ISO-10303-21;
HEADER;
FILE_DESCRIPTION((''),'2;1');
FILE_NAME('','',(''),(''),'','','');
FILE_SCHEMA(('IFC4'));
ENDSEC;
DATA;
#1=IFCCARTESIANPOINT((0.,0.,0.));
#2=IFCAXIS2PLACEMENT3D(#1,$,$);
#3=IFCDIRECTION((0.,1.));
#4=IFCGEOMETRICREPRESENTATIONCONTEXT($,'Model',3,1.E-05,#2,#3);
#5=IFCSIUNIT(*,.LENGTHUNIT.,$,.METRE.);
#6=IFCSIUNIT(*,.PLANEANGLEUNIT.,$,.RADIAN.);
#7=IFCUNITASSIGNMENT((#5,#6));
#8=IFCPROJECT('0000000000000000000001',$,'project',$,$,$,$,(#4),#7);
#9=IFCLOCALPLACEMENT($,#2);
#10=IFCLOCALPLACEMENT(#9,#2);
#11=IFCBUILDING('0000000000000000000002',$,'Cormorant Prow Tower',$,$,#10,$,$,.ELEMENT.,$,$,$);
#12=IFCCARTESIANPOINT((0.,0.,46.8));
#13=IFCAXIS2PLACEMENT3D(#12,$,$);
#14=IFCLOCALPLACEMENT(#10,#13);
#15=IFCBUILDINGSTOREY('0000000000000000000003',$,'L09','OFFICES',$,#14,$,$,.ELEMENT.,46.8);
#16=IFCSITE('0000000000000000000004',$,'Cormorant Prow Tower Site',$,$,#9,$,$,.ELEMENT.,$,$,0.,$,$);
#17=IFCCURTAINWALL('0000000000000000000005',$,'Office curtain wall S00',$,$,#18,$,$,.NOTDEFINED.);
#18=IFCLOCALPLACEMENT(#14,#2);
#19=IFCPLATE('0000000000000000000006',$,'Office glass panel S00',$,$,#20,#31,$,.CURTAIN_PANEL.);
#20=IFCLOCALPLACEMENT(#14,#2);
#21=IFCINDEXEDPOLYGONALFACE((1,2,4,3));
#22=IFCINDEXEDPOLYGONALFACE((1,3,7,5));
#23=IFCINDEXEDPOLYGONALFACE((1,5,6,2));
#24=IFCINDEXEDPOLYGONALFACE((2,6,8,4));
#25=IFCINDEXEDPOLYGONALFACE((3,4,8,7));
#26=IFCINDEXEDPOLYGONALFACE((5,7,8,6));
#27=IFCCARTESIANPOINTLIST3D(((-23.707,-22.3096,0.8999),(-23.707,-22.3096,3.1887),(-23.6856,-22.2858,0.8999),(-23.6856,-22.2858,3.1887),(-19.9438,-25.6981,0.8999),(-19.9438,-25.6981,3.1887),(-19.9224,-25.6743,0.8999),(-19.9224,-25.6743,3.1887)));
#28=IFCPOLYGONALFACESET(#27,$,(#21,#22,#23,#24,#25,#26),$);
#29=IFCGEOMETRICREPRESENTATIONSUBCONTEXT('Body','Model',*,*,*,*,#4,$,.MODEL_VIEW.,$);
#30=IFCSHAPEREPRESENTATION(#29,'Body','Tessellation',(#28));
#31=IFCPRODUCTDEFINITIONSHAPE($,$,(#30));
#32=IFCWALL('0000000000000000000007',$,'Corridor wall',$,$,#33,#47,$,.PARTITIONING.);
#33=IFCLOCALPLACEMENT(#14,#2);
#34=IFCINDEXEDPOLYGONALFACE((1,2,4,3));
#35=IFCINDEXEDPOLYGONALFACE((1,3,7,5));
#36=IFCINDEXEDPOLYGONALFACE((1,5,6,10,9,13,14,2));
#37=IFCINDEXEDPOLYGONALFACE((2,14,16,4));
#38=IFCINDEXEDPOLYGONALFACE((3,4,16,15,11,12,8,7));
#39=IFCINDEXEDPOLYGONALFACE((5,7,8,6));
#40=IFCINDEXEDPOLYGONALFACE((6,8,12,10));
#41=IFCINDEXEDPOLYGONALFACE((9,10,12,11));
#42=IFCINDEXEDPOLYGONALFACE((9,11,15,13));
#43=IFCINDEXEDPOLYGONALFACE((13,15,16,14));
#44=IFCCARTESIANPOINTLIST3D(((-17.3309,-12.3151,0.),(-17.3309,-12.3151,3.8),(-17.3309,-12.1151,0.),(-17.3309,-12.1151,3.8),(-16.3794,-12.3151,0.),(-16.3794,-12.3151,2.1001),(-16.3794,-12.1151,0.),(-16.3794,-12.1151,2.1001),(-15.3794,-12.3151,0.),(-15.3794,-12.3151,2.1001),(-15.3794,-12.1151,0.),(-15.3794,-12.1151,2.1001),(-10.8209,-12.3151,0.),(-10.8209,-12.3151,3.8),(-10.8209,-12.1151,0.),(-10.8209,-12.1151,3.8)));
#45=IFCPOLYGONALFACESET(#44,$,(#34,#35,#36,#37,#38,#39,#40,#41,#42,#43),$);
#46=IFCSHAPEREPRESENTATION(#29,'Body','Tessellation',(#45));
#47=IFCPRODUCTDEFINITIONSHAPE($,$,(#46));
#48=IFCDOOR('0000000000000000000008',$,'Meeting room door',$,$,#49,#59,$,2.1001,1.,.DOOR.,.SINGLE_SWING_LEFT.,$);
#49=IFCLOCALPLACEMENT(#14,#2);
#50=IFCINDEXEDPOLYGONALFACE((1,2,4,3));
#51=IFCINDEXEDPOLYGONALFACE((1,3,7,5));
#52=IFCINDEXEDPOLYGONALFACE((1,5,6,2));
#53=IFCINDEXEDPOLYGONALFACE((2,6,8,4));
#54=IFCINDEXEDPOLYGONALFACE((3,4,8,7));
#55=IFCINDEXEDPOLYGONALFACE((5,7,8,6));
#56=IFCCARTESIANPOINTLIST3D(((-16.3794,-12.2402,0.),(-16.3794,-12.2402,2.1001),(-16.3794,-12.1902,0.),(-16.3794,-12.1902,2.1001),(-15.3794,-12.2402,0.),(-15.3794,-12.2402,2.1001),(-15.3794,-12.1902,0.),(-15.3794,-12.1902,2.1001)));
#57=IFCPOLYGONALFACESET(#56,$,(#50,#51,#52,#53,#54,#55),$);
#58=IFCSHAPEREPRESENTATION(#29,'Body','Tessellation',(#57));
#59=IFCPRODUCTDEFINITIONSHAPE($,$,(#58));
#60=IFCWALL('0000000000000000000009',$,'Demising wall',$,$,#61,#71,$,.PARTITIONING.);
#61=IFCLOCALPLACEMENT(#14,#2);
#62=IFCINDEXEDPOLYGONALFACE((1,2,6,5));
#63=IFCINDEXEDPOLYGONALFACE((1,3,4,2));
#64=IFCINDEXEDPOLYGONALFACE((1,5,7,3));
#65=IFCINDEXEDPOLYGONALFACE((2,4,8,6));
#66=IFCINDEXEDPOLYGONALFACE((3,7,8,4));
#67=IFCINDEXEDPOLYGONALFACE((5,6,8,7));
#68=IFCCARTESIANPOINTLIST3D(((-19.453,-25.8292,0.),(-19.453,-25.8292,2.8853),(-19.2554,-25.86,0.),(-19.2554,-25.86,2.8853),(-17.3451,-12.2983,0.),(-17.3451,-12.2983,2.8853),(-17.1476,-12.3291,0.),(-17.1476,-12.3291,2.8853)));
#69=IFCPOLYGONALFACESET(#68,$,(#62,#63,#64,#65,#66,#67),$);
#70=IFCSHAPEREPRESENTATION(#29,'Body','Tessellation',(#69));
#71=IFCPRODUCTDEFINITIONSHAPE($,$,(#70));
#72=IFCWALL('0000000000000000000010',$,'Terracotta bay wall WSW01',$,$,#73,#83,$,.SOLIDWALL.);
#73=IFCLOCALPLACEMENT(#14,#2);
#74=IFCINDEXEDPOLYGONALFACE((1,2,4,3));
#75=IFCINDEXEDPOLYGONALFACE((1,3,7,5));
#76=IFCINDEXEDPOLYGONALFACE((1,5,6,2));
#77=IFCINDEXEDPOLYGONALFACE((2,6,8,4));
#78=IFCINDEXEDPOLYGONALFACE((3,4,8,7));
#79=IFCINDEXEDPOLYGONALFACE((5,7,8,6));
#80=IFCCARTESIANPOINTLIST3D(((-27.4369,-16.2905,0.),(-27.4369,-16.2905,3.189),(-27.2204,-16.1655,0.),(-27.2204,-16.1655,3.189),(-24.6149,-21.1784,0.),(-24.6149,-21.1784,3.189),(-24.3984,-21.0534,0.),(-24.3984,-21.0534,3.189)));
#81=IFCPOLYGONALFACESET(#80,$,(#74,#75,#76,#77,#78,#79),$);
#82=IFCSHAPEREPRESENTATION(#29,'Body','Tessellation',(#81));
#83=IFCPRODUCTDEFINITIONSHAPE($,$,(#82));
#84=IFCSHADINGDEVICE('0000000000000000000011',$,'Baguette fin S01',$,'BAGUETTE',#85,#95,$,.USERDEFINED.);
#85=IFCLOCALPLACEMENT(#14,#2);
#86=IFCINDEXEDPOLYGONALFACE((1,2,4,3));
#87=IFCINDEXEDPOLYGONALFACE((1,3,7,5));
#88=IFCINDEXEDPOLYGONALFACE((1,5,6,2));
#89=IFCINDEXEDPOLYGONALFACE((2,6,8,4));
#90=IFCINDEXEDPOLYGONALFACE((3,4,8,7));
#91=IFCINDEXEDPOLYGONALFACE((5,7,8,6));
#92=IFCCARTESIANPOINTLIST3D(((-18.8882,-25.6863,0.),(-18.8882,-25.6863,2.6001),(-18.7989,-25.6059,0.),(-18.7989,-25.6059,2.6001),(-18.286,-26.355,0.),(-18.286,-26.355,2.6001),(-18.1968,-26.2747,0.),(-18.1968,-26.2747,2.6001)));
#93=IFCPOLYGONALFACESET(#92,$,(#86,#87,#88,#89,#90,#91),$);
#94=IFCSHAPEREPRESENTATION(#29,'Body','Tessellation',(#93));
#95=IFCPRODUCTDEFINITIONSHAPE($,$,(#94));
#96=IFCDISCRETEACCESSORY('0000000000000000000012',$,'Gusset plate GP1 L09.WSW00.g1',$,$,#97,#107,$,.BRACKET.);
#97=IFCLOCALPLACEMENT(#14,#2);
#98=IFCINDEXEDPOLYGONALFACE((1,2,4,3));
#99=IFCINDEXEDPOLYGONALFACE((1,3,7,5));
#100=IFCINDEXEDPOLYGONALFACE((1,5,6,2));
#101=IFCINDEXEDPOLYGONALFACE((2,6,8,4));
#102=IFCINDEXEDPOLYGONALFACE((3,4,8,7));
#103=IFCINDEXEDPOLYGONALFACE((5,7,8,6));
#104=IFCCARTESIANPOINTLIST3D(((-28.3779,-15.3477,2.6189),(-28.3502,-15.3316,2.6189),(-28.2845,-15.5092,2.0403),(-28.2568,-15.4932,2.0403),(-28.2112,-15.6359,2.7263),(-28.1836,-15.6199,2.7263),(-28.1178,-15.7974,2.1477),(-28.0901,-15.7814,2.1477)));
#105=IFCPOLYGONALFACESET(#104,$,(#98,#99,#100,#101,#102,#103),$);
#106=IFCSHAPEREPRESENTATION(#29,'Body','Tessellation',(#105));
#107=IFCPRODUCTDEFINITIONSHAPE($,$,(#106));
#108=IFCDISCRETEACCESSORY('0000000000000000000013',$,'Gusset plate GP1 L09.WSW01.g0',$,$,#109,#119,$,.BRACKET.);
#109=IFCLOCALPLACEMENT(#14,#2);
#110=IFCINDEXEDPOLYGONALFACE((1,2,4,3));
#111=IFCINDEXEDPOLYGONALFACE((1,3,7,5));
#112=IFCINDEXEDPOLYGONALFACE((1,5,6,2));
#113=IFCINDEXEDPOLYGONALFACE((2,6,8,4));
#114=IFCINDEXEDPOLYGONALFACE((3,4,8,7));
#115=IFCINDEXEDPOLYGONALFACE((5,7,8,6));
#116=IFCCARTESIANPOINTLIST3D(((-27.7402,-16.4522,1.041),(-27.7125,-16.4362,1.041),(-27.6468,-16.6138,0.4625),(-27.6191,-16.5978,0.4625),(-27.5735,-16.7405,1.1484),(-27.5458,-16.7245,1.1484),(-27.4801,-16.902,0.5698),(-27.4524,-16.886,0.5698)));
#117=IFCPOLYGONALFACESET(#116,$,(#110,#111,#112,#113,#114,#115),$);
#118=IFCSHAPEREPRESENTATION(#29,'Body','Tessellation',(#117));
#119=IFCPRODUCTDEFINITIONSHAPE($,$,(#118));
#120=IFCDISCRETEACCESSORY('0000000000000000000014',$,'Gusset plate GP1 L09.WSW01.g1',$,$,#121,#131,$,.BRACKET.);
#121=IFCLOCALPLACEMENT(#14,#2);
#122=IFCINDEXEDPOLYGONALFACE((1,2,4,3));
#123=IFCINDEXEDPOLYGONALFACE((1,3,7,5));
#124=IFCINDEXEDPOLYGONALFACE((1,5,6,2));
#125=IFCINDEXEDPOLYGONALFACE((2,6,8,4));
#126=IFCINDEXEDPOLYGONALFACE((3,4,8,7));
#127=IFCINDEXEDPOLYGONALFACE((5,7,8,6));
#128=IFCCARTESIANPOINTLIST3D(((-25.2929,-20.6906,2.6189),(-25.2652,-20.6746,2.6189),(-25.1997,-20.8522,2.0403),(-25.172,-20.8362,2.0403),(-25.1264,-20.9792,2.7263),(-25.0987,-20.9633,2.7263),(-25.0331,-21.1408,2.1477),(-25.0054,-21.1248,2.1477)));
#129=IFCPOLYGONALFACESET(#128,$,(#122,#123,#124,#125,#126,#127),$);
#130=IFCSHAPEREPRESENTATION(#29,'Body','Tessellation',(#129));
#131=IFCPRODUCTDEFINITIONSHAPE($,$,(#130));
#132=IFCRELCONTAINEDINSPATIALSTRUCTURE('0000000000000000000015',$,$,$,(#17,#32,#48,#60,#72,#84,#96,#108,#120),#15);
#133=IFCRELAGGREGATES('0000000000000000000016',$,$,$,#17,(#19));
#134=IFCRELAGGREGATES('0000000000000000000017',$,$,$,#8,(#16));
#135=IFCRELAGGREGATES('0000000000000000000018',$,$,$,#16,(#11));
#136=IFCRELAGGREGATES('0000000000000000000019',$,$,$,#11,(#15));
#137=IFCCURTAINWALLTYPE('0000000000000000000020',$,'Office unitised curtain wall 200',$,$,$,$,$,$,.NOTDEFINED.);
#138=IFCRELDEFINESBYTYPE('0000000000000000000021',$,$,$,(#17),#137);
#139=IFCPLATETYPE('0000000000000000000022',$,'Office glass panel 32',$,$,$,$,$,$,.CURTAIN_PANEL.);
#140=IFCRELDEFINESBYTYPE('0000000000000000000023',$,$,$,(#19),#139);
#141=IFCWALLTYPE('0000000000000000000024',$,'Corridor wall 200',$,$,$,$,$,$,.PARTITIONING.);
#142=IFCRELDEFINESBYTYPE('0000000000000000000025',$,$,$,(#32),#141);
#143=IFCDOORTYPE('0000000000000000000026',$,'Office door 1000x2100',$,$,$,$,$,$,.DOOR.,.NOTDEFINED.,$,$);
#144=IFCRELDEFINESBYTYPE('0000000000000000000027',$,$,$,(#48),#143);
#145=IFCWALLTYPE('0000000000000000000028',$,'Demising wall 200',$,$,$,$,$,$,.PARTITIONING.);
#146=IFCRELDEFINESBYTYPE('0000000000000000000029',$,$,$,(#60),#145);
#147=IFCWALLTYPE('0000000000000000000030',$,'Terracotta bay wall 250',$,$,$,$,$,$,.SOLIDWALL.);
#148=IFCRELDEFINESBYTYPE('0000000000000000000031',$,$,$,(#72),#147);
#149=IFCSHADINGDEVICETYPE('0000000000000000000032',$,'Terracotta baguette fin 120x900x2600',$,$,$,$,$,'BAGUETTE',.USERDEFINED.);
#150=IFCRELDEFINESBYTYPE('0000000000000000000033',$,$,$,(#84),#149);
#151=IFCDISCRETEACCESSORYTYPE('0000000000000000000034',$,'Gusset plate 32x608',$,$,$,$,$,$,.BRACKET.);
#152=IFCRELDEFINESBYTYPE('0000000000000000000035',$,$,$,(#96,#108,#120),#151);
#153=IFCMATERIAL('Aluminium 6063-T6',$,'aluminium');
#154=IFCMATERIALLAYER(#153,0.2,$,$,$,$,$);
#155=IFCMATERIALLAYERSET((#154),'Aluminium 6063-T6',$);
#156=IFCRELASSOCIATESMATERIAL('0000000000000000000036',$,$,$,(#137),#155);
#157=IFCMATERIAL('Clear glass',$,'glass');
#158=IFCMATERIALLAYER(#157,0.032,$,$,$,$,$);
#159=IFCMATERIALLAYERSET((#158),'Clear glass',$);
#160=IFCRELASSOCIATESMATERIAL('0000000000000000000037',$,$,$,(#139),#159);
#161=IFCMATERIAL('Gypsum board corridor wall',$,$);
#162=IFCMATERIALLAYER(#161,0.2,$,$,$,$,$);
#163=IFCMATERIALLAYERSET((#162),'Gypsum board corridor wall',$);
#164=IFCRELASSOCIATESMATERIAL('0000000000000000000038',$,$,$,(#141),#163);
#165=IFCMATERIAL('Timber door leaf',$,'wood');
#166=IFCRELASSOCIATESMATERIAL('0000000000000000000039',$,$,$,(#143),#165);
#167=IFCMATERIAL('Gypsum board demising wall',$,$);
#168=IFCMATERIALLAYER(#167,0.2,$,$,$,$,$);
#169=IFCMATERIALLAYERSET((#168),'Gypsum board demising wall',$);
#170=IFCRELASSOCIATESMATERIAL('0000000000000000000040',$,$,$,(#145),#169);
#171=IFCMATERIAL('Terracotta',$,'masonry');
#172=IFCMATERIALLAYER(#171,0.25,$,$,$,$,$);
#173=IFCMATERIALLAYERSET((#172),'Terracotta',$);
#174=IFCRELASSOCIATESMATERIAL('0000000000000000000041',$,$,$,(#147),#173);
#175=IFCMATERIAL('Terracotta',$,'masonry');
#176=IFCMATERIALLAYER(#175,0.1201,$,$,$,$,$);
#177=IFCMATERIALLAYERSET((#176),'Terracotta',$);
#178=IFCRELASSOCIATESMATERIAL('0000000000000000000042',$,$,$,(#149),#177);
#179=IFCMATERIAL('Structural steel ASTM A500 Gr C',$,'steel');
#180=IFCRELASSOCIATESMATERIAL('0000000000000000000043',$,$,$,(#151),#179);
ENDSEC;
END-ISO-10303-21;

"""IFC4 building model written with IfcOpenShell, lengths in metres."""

from ifc_helpers import new_model, si_unit, direction, frame, frame_2d, origin, origin_2d, place, context, subcontext, project, spatial, rectangle, extrude, material, layer, layer_set, material_profile, profile_set, type_object, element, fill, aggregate, save


model = new_model("IFC4")

# Units and contexts
model_context = context("Model", 3, precision=1e-05, world=origin(), true_north=direction((0.0, 1.0)))
body_context = subcontext(model_context, "Body", "Model", "MODEL_VIEW")
ifc_project = project(units=[si_unit("LENGTHUNIT", "METRE"), si_unit("PLANEANGLEUNIT", "RADIAN")], contexts=[model_context])

# Site, building, storey
site_placement = place(None, origin())
site = spatial("IfcSite", under=ifc_project, at=site_placement, Name="Cormorant Prow Tower Site", CompositionType="ELEMENT", RefElevation=0.0)
building_placement = place(site_placement, origin())
building = spatial("IfcBuilding", under=site, at=building_placement, Name="Cormorant Prow Tower", CompositionType="ELEMENT")
storey_placement = place(building_placement, frame((0.0, 0.0, 46.8)))
storey = spatial("IfcBuildingStorey", under=building, at=storey_placement, Name="L09", Description="OFFICES", CompositionType="ELEMENT", Elevation=46.8)

# Curtain wall
ifc_material_1 = material(Name="Aluminium 6063-T6", Category="aluminium")
ifc_layer_1 = layer(ifc_material_1, 0.2)
ifc_layer_set_1 = layer_set([ifc_layer_1], Name="Aluminium 6063-T6")
curtain_wall_type = type_object("IfcCurtainWallType", Name="Office unitised curtain wall 200", PredefinedType="NOTDEFINED", material=ifc_layer_set_1)
curtain_wall_placement = place(storey_placement, origin())
curtain_wall = element("IfcCurtainWall", 1, at=curtain_wall_placement, inside=storey, type_object=curtain_wall_type, Name="Office curtain wall S00", PredefinedType="NOTDEFINED")

# Plate
ifc_material_2 = material(Name="Clear glass", Category="glass")
ifc_layer_2 = layer(ifc_material_2, 0.032)
ifc_layer_set_2 = layer_set([ifc_layer_2], Name="Clear glass")
plate_type = type_object("IfcPlateType", Name="Office glass panel 32", PredefinedType="CURTAIN_PANEL", material=ifc_layer_set_2)
plate_placement = place(storey_placement, frame((-21.8147, -23.9919, 0.8999), z_axis=(0.0, 0.0, 1.0), x_axis=(0.743145, -0.669131, 0.0)))
plate = element("IfcPlate", 2, at=plate_placement, type_object=plate_type, Name="Office glass panel S00", PredefinedType="CURTAIN_PANEL", context=body_context, shape_type="SweptSolid", body=[
    extrude(rectangle(XDim=5.064, YDim=0.032, at=origin_2d()), origin(), (0.0, 0.0, 1.0), 2.2888),
])
aggregate(curtain_wall, [plate])

# Wall, opening, door
ifc_material_3 = material(Name="Gypsum board corridor wall")
ifc_layer_3 = layer(ifc_material_3, 0.2)
ifc_layer_set_3 = layer_set([ifc_layer_3], Name="Gypsum board corridor wall")
wall_type_1 = type_object("IfcWallType", Name="Corridor wall 200", PredefinedType="PARTITIONING", material=ifc_layer_set_3)
wall_1_placement = place(storey_placement, frame((-17.3308, -12.2151, 0.0), z_axis=(0.0, 0.0, 1.0), x_axis=(1.0, 0.0, 0.0)))
wall_1 = element("IfcWall", 3, at=wall_1_placement, inside=storey, type_object=wall_type_1, Name="Corridor wall", PredefinedType="PARTITIONING", context=body_context, shape_type="SweptSolid", body=[
    extrude(rectangle(XDim=6.51, YDim=0.2, at=frame_2d((3.2549, 0.0))), origin(), (0.0, 0.0, 1.0), 3.8),
])
opening_1_placement = place(wall_1_placement, frame((0.9514, 0.0, 0.0)))
opening_1 = element("IfcOpeningElement", 4, at=opening_1_placement, cuts=wall_1, PredefinedType="OPENING", context=body_context, shape_type="SweptSolid", body=[
    extrude(rectangle(XDim=1.0, YDim=2.1001, at=frame_2d((0.5, 1.05))), frame((0.0, 0.1099, 0.0), z_axis=(0.0, -1.0, 0.0), x_axis=(1.0, 0.0, 0.0)), (0.0, 0.0, 1.0), 0.22),
])
ifc_material_4 = material(Name="Timber door leaf", Category="wood")
door_type_1 = type_object("IfcDoorType", Name="Office door 1000x2100", OperationType="NOTDEFINED", PredefinedType="DOOR", material=ifc_material_4)
door_1_placement = place(opening_1_placement, origin())
door_1 = element("IfcDoor", 5, at=door_1_placement, inside=storey, type_object=door_type_1, Name="Meeting room door", OperationType="SINGLE_SWING_LEFT", OverallHeight=2.1001, OverallWidth=1.0, PredefinedType="DOOR", context=body_context, shape_type="SweptSolid", body=[
    extrude(rectangle(XDim=1.0, YDim=2.1001, at=frame_2d((0.5, 1.05))), frame((0.0, 0.0249, 0.0), z_axis=(0.0, -1.0, 0.0), x_axis=(1.0, 0.0, 0.0)), (0.0, 0.0, 1.0), 0.05),
])
fill(opening_1, door_1)

# Walls
ifc_material_5 = material(Name="Gypsum board demising wall")
ifc_layer_4 = layer(ifc_material_5, 0.2)
ifc_layer_set_4 = layer_set([ifc_layer_4], Name="Gypsum board demising wall")
wall_type_2 = type_object("IfcWallType", Name="Demising wall 200", PredefinedType="PARTITIONING", material=ifc_layer_set_4)
wall_2_placement = place(storey_placement, frame((-19.3542, -25.8447, 0.0), z_axis=(0.0, 0.0, 1.0), x_axis=(0.153927, 0.988082, 0.0)))
element("IfcWall", 6, at=wall_2_placement, inside=storey, type_object=wall_type_2, Name="Demising wall", PredefinedType="PARTITIONING", context=body_context, shape_type="SweptSolid", body=[
    extrude(rectangle(XDim=13.6941, YDim=0.2, at=frame_2d((6.8472, 0.0))), origin(), (0.0, 0.0, 1.0), 2.8853),
])
ifc_material_6 = material(Name="Terracotta", Category="masonry")
ifc_layer_5 = layer(ifc_material_6, 0.25)
ifc_layer_set_5 = layer_set([ifc_layer_5], Name="Terracotta")
wall_type_3 = type_object("IfcWallType", Name="Terracotta bay wall 250", PredefinedType="SOLIDWALL", material=ifc_layer_set_5)
wall_3_placement = place(storey_placement, frame((-27.3286, -16.228, 0.0), z_axis=(0.0, 0.0, 1.0), x_axis=(0.499996, -0.866028, 0.0)))
element("IfcWall", 7, at=wall_3_placement, inside=storey, type_object=wall_type_3, Name="Terracotta bay wall WSW01", PredefinedType="SOLIDWALL", context=body_context, shape_type="SweptSolid", body=[
    extrude(rectangle(XDim=5.644, YDim=0.25, at=frame_2d((2.822, 0.0))), origin(), (0.0, 0.0, 1.0), 3.189),
])

# Shading device
ifc_material_7 = material(Name="Terracotta", Category="masonry")
ifc_layer_6 = layer(ifc_material_7, 0.1201)
ifc_layer_set_6 = layer_set([ifc_layer_6], Name="Terracotta")
shading_device_type = type_object("IfcShadingDeviceType", Name="Terracotta baguette fin 120x900x2600", ElementType="BAGUETTE", PredefinedType="USERDEFINED", material=ifc_layer_set_6)
shading_device_placement = place(storey_placement, frame((-18.5425, -25.9805, 0.0), z_axis=(0.0, 0.0, 1.0), x_axis=(0.743145, 0.669131, 0.0)))
element("IfcShadingDevice", 8, at=shading_device_placement, inside=storey, type_object=shading_device_type, Name="Baguette fin S01", ObjectType="BAGUETTE", PredefinedType="USERDEFINED", context=body_context, shape_type="SweptSolid", body=[
    extrude(rectangle(XDim=0.1201, YDim=0.8999, at=origin_2d()), origin(), (0.0, 0.0, 1.0), 2.6001),
])

# Discrete accessories
ifc_material_8 = material(Name="Structural steel ASTM A500 Gr C", Category="steel")
ifc_material_profile_1 = material_profile(ifc_material_8, rectangle(XDim=0.032, YDim=0.6079, at=origin_2d()), Name="Gusset plate 32x608")
ifc_profile_set_1 = profile_set([ifc_material_profile_1], Name="Structural steel ASTM A500 Gr C")
discrete_accessory_type = type_object("IfcDiscreteAccessoryType", Name="Gusset plate 32x608", PredefinedType="BRACKET", material=ifc_profile_set_1)
for number, where, z_axis, x_axis, name in (
    (9, (-28.3174, -15.4204, 2.3296), (0.476465, -0.823872, 0.306946), (0.86566, 0.500632, 0.0), "Gusset plate GP1 L09.WSW00.g1"),
    (10, (-27.5129, -16.8132, 0.8591), (-0.476465, 0.823872, -0.306946), (-0.86566, -0.500632, 0.0), "Gusset plate GP1 L09.WSW01.g0"),
):
    element("IfcDiscreteAccessory", number, at=place(storey_placement, frame(where, z_axis=z_axis, x_axis=x_axis)), inside=storey, type_object=discrete_accessory_type, Name=name, PredefinedType="BRACKET", context=body_context, shape_type="SweptSolid", body=[
        extrude(rectangle(XDim=0.032, YDim=0.6079, at=origin_2d()), origin(), (0.0, 0.0, 1.0), 0.3499),
    ])
discrete_accessory_placement = place(storey_placement, frame((-25.2324, -20.7634, 2.3296), z_axis=(0.475652, -0.82437, 0.306872), x_axis=(0.866161, 0.499765, 0.0)))
element("IfcDiscreteAccessory", 11, at=discrete_accessory_placement, inside=storey, type_object=discrete_accessory_type, Name="Gusset plate GP1 L09.WSW01.g1", PredefinedType="BRACKET", context=body_context, shape_type="SweptSolid", body=[
    extrude(rectangle(XDim=0.032, YDim=0.6079, at=origin_2d()), origin(), (0.0, 0.0, 1.0), 0.3501),
])

save(model, "model.ifc")
